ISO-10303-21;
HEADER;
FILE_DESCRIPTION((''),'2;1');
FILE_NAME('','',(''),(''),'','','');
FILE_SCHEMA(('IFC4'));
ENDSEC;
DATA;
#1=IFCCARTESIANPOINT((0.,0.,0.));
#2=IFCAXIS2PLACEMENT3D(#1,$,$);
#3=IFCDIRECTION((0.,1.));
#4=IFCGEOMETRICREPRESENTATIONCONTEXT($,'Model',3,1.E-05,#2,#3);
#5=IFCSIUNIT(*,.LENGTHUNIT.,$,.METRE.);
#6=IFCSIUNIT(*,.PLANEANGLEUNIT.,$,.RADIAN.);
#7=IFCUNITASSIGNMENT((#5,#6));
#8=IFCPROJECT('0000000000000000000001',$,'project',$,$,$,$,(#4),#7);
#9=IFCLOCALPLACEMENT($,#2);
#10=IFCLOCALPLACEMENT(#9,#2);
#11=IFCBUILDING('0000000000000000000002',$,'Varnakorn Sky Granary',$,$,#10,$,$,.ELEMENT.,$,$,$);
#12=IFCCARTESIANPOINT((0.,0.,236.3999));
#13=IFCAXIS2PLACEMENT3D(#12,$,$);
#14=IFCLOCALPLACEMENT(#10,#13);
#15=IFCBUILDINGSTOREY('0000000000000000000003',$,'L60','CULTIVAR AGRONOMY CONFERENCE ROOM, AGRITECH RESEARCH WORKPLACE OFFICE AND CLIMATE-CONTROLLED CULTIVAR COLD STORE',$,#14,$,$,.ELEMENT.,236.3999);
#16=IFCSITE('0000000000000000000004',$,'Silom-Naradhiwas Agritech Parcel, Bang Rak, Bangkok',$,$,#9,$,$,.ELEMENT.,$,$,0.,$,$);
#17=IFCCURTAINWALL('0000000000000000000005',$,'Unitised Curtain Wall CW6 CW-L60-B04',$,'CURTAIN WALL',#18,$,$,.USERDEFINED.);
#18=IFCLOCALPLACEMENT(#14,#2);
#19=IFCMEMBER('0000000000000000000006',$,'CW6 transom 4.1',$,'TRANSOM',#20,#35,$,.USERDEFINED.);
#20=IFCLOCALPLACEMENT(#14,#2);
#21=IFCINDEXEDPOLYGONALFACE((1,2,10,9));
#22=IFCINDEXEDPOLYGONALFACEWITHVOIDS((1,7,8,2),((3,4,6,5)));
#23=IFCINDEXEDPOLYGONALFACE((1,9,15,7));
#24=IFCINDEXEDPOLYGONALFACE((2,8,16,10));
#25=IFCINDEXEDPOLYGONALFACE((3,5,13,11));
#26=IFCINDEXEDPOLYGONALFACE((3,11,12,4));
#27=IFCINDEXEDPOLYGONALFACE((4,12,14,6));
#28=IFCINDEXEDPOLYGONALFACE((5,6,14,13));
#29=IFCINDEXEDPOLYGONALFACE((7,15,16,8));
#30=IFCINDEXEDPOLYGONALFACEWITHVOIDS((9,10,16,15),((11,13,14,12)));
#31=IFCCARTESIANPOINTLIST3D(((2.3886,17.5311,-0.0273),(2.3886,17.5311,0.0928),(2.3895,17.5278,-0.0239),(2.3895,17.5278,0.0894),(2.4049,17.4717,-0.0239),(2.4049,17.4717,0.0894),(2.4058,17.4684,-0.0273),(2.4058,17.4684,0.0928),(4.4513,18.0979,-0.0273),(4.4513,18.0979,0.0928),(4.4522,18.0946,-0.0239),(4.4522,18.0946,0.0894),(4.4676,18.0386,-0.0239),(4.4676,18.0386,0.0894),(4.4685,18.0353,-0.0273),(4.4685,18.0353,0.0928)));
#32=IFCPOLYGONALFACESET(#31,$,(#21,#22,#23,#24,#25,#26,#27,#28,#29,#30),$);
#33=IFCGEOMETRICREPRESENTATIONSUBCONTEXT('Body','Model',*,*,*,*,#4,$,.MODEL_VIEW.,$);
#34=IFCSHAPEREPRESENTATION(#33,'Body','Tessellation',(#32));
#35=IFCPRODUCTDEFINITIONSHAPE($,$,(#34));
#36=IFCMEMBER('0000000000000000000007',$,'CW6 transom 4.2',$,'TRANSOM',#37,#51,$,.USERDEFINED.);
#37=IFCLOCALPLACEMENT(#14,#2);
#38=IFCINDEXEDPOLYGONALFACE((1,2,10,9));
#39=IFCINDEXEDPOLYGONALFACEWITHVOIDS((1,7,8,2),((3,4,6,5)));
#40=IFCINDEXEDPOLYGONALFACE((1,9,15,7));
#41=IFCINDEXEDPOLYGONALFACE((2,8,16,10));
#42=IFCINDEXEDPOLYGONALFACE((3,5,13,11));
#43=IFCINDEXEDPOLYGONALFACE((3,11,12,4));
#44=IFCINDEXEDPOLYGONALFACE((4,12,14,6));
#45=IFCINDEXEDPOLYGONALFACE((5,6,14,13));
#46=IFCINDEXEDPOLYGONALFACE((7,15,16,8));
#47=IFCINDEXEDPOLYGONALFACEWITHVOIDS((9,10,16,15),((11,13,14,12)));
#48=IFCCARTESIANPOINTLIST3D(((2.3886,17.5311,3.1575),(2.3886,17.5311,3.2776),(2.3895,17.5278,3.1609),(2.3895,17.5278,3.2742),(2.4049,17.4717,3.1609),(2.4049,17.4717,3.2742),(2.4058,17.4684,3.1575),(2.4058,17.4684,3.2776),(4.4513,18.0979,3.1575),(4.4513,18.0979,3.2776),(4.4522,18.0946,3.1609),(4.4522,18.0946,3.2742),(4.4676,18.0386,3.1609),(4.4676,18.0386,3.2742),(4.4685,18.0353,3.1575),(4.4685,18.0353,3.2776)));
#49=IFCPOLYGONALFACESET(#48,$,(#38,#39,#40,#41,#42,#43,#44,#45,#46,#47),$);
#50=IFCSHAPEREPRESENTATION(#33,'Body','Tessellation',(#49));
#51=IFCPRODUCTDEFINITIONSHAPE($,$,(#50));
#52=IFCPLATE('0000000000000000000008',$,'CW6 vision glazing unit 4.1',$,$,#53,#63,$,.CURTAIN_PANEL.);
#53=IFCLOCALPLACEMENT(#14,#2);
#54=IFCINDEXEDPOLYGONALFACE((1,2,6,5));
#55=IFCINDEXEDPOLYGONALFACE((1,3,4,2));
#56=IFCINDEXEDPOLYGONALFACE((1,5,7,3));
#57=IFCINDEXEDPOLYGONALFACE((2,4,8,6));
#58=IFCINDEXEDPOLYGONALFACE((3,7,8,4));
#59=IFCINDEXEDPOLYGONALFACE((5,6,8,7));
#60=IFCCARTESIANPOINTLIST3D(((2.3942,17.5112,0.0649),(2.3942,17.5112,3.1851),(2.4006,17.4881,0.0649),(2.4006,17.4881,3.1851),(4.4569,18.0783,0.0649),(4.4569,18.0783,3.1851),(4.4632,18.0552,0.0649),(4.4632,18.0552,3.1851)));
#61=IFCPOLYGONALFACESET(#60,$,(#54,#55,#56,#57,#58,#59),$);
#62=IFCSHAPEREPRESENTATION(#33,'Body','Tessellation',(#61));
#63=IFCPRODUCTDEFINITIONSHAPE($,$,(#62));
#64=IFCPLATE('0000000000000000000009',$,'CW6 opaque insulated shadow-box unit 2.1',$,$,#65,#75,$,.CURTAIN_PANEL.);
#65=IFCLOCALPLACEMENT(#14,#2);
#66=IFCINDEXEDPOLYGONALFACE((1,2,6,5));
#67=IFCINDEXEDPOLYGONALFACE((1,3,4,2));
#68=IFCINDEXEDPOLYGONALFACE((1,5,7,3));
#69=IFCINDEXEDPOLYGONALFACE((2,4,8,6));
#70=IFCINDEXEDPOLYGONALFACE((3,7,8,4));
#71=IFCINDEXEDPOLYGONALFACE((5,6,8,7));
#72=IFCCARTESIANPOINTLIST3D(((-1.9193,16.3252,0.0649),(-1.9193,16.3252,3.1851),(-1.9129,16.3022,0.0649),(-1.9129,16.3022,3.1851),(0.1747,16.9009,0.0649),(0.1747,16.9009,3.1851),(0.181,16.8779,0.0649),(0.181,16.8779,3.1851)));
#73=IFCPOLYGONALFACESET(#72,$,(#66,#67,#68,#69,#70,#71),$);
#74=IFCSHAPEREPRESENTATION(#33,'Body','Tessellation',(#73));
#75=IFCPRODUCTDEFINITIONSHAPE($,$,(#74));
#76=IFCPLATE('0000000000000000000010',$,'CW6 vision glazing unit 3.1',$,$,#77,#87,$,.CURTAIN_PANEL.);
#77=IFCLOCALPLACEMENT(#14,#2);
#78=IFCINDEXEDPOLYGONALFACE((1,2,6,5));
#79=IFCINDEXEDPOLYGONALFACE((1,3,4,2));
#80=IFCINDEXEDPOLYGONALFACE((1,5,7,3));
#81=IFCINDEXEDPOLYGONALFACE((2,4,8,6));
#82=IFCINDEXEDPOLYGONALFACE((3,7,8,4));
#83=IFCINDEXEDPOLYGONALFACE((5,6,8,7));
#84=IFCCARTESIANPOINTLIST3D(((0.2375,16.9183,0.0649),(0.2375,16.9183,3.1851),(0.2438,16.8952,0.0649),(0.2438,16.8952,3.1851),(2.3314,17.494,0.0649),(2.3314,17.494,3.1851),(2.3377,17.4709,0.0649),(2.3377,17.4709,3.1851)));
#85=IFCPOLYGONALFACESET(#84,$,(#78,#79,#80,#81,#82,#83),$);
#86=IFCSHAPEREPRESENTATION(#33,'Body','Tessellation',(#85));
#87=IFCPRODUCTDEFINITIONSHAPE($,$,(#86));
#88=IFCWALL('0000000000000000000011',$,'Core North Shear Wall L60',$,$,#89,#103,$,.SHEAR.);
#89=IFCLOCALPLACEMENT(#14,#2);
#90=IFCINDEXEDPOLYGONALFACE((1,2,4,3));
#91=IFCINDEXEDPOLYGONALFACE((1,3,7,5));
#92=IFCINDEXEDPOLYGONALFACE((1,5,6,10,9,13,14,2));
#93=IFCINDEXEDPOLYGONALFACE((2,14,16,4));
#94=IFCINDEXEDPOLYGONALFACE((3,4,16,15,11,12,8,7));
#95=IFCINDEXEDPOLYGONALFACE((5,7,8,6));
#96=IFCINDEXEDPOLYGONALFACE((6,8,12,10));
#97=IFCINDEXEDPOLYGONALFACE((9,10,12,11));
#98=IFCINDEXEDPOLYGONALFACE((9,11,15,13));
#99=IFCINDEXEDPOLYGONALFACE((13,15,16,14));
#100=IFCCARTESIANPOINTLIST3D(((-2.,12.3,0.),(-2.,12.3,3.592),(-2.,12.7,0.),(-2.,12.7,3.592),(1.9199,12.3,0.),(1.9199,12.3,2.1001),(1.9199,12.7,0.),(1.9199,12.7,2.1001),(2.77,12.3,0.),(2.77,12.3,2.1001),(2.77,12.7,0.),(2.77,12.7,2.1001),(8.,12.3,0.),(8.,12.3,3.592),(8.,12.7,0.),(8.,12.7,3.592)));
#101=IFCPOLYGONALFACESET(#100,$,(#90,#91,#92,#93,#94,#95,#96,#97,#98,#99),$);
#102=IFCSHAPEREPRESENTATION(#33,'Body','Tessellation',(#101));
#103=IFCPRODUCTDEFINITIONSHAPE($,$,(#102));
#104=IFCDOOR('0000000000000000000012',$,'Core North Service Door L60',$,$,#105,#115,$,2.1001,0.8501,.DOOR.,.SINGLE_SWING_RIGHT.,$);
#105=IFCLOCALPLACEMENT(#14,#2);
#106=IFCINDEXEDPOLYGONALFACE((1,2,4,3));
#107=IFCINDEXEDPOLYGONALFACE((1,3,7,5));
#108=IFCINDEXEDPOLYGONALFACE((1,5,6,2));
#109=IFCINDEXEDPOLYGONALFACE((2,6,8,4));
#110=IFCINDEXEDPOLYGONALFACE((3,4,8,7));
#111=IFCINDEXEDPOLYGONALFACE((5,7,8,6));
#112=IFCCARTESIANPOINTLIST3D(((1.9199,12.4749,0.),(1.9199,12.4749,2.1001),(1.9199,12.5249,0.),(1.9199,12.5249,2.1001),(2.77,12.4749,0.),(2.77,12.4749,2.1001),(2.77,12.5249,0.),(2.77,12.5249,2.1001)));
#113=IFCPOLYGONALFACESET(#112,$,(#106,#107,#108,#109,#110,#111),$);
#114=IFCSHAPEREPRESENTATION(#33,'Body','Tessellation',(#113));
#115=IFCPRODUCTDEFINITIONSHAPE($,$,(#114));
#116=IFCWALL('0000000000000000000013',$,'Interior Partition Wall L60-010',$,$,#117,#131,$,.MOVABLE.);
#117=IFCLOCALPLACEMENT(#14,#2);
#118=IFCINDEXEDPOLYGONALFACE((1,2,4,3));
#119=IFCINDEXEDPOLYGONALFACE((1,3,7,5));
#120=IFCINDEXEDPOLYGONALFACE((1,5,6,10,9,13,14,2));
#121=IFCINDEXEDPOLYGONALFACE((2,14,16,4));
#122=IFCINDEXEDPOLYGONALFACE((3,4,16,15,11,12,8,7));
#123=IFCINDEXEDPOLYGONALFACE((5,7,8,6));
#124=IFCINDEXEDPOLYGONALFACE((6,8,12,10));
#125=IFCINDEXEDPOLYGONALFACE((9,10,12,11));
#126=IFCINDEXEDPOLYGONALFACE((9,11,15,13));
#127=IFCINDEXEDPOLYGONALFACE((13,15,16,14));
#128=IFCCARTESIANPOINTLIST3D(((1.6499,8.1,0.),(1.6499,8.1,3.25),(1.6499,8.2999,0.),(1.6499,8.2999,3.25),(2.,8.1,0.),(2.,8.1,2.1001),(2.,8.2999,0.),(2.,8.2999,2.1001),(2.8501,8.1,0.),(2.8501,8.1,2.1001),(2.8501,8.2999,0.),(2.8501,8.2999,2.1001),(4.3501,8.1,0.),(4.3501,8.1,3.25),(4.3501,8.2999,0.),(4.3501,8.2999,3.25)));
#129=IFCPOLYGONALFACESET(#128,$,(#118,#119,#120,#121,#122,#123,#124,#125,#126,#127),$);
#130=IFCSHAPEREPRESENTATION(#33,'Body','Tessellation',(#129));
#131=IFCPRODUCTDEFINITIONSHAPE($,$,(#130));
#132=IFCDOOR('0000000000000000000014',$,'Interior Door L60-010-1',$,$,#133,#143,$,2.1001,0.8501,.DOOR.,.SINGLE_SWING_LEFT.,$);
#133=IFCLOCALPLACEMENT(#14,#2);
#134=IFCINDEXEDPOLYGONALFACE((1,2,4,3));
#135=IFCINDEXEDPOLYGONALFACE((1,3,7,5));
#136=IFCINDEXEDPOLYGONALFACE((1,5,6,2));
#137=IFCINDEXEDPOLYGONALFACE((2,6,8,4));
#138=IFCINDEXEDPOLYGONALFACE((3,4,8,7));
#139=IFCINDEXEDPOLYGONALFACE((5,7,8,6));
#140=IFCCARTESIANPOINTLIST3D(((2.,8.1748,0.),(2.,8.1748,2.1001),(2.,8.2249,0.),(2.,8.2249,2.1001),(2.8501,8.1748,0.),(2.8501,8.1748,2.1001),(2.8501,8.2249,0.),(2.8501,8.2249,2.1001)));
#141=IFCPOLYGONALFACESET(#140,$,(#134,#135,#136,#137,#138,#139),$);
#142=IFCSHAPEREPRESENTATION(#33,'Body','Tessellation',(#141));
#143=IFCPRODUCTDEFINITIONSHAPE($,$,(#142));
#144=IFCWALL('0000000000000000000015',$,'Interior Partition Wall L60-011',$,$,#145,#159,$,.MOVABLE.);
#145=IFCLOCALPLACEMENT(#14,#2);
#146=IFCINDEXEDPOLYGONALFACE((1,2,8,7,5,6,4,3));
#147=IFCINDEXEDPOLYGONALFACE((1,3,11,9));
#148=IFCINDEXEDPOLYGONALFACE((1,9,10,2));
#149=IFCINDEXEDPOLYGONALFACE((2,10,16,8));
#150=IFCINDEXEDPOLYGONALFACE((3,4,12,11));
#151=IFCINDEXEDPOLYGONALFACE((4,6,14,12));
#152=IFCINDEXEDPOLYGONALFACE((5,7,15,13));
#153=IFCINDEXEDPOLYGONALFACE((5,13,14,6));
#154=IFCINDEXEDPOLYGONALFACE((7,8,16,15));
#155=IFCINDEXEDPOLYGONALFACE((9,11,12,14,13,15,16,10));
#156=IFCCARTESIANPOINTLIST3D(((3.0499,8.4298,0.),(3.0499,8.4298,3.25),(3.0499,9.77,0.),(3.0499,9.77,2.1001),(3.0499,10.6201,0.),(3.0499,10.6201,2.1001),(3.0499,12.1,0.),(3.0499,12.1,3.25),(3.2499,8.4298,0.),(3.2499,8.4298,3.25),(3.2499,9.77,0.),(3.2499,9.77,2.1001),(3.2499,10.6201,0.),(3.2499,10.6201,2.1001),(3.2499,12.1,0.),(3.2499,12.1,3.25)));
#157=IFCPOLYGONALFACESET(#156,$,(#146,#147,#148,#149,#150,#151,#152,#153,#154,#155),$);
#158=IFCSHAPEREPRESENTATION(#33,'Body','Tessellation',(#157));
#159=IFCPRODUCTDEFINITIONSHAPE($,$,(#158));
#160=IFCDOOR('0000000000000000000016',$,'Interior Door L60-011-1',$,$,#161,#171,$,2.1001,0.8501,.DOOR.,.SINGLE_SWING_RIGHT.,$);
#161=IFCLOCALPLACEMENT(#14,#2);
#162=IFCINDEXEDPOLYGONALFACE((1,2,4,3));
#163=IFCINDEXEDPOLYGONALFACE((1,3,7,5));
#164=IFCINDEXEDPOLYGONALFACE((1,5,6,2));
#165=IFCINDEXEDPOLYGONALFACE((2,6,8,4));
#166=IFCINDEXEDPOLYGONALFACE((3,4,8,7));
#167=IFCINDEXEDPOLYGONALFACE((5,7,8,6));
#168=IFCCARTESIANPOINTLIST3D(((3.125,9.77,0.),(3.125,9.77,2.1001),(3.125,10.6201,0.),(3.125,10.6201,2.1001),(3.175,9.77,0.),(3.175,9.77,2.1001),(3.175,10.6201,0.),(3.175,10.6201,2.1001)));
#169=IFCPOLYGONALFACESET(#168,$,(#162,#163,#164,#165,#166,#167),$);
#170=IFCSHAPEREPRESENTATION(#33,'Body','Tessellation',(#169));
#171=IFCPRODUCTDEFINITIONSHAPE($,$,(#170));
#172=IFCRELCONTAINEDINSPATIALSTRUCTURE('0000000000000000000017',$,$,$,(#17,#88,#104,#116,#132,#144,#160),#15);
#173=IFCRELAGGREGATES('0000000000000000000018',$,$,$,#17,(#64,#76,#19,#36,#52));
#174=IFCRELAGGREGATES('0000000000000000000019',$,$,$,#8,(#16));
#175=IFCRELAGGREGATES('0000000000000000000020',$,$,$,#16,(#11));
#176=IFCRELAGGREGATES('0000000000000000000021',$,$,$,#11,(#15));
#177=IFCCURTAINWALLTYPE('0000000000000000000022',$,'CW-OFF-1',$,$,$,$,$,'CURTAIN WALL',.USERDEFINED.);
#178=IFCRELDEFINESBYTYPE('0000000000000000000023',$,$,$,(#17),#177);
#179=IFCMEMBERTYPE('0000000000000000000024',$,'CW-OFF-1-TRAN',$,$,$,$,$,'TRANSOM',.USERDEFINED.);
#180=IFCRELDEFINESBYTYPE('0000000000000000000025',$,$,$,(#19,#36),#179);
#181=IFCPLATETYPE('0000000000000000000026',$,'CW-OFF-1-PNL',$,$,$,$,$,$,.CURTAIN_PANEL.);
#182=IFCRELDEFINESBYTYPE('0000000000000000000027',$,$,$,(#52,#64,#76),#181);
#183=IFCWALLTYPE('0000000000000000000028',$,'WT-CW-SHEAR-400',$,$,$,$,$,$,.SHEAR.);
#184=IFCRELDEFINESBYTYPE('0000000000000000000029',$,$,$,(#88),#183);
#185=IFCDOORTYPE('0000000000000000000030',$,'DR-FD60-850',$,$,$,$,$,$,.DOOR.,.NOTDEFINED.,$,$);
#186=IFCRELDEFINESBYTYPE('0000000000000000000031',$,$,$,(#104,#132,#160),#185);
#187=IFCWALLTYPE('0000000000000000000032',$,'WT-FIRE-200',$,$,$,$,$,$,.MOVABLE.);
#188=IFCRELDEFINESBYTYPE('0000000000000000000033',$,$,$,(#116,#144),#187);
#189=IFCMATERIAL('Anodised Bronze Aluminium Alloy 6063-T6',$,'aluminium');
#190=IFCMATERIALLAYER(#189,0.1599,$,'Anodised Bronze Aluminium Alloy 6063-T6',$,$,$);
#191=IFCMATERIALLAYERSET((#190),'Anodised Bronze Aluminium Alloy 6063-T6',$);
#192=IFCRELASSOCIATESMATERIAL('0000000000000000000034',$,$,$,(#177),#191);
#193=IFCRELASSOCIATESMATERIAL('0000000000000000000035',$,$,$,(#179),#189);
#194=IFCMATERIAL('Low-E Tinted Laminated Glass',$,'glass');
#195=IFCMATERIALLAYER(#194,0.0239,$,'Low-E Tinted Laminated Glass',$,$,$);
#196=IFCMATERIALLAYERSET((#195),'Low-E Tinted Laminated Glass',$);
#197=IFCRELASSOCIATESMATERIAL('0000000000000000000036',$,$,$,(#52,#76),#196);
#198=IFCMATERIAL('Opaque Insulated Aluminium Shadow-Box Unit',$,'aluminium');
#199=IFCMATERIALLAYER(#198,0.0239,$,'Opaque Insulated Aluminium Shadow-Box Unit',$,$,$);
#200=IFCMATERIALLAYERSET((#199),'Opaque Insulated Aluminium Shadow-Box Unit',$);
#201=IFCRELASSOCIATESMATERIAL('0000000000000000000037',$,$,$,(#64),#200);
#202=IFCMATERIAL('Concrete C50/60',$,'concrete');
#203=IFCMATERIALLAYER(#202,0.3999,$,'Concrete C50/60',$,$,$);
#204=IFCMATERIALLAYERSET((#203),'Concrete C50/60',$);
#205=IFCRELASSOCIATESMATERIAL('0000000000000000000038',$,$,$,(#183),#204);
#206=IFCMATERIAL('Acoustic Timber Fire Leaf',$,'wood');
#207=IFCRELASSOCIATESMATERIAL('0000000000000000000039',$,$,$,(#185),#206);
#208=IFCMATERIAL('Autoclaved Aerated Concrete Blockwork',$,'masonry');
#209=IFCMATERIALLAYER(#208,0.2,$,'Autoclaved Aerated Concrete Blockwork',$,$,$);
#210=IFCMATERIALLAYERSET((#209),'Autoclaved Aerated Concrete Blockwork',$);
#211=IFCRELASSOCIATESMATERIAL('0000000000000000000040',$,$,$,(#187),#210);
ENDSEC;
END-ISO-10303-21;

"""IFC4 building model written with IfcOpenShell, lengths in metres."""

from ifc_helpers import new_model, si_unit, direction, frame, frame_2d, origin, origin_2d, place, context, subcontext, project, spatial, rectangle, hollow_rectangle, extrude, source, transform, mapped, material, layer, layer_set, material_profile, profile_set, type_object, type_shapes, element, fill, aggregate, save


model = new_model("IFC4")

# Units and contexts
model_context = context("Model", 3, precision=1e-05, world=origin(), true_north=direction((0.0, 1.0)))
body_context = subcontext(model_context, "Body", "Model", "MODEL_VIEW")
ifc_project = project(units=[si_unit("LENGTHUNIT", "METRE"), si_unit("PLANEANGLEUNIT", "RADIAN")], contexts=[model_context])

# Site, building, storey
site_placement = place(None, origin())
site = spatial("IfcSite", under=ifc_project, at=site_placement, Name="Silom-Naradhiwas Agritech Parcel, Bang Rak, Bangkok", CompositionType="ELEMENT", RefElevation=0.0)
building_placement = place(site_placement, origin())
building = spatial("IfcBuilding", under=site, at=building_placement, Name="Varnakorn Sky Granary", CompositionType="ELEMENT")
storey_placement = place(building_placement, frame((0.0, 0.0, 236.3999)))
storey = spatial("IfcBuildingStorey", under=building, at=storey_placement, Name="L60", Description="CULTIVAR AGRONOMY CONFERENCE ROOM, AGRITECH RESEARCH WORKPLACE OFFICE AND CLIMATE-CONTROLLED CULTIVAR COLD STORE", CompositionType="ELEMENT", Elevation=236.3999)

# Shared definitions
ifc_material_1 = material(Name="Concrete C50/60", Category="concrete")

# Curtain wall, members, plates
ifc_material_2 = material(Name="Anodised Bronze Aluminium Alloy 6063-T6", Category="aluminium")
ifc_layer_1 = layer(ifc_material_2, 0.1599, Name="Anodised Bronze Aluminium Alloy 6063-T6")
ifc_layer_set_1 = layer_set([ifc_layer_1], Name="Anodised Bronze Aluminium Alloy 6063-T6")
curtain_wall_type = type_object("IfcCurtainWallType", Name="CW-OFF-1", ElementType="CURTAIN WALL", PredefinedType="USERDEFINED", material=ifc_layer_set_1)
curtain_wall_placement = place(storey_placement, origin())
curtain_wall = element("IfcCurtainWall", 1, at=curtain_wall_placement, inside=storey, type_object=curtain_wall_type, Name="Unitised Curtain Wall CW6 CW-L60-B04", ObjectType="CURTAIN WALL", PredefinedType="USERDEFINED")
ifc_material_profile_1 = material_profile(ifc_material_2, hollow_rectangle(XDim=0.0649, YDim=0.1201, WallThickness=0.0034, at=origin_2d()), Name="ALU TRAN 65x120")
ifc_profile_set_1 = profile_set([ifc_material_profile_1], Name="Anodised Bronze Aluminium Alloy 6063-T6")
member_type_1 = type_object("IfcMemberType", Name="CW-OFF-1-TRAN", ElementType="TRANSOM", PredefinedType="USERDEFINED", material=ifc_profile_set_1)
member_1_placement = place(storey_placement, frame((2.3972, 17.4998, 0.0327), z_axis=(0.964248, 0.265, 0.0), x_axis=(-0.265, 0.964248, 0.0)))
member_1 = element("IfcMember", 2, at=member_1_placement, type_object=member_type_1, Name="CW6 transom 4.1", ObjectType="TRANSOM", PredefinedType="USERDEFINED", context=body_context, shape_type="SweptSolid", body=[
    extrude(hollow_rectangle(XDim=0.0649, YDim=0.1201, WallThickness=0.0034, at=origin_2d()), origin(), (0.0, 0.0, 1.0), 2.1392),
])
member_2_placement = place(storey_placement, frame((2.3972, 17.4998, 3.2175), z_axis=(0.964248, 0.265, 0.0), x_axis=(-0.265, 0.964248, 0.0)))
member_2 = element("IfcMember", 3, at=member_2_placement, type_object=member_type_1, Name="CW6 transom 4.2", ObjectType="TRANSOM", PredefinedType="USERDEFINED", context=body_context, shape_type="SweptSolid", body=[
    extrude(hollow_rectangle(XDim=0.0649, YDim=0.1201, WallThickness=0.0034, at=origin_2d()), origin(), (0.0, 0.0, 1.0), 2.1392),
])
ifc_material_3 = material(Name="Low-E Tinted Laminated Glass", Category="glass")
ifc_layer_2 = layer(ifc_material_3, 0.0239, Name="Low-E Tinted Laminated Glass")
ifc_layer_set_2 = layer_set([ifc_layer_2], Name="Low-E Tinted Laminated Glass")
plate_type = type_object("IfcPlateType", Name="CW-OFF-1-PNL", PredefinedType="CURTAIN_PANEL")
shared_shape_1 = source(origin(), body_context, "Body", "SweptSolid", [
    extrude(rectangle(XDim=2.1392, YDim=0.0239, at=origin_2d()), origin(), (0.0, 0.0, 1.0), 3.1201),
])
plate_1_placement = place(storey_placement, frame((3.4287, 17.7832, 0.0649), z_axis=(0.0, 0.0, 1.0), x_axis=(0.964221, 0.2651, 0.0)))
plate_1 = element("IfcPlate", 4, at=plate_1_placement, type_object=plate_type, material=ifc_layer_set_2, Name="CW6 vision glazing unit 4.1", PredefinedType="CURTAIN_PANEL", context=body_context, shape_type="MappedRepresentation", body=[
    mapped(shared_shape_1, transform((0.0, 0.0, 0.0), x_axis=(1.0, 0.0, 0.0), y_axis=(0.0, 1.0, 0.0), z_axis=(0.0, 0.0, 1.0), scale=1.0)),
])
ifc_material_4 = material(Name="Opaque Insulated Aluminium Shadow-Box Unit", Category="aluminium")
ifc_layer_3 = layer(ifc_material_4, 0.0239, Name="Opaque Insulated Aluminium Shadow-Box Unit")
ifc_layer_set_3 = layer_set([ifc_layer_3], Name="Opaque Insulated Aluminium Shadow-Box Unit")
shared_shape_2 = source(origin(), body_context, "Body", "SweptSolid", [
    extrude(rectangle(XDim=2.1716, YDim=0.0239, at=origin_2d()), origin(), (0.0, 0.0, 1.0), 3.1201),
])
type_shapes(plate_type, [shared_shape_1, shared_shape_2])
plate_2_placement = place(storey_placement, frame((-0.8691, 16.6016, 0.0649), z_axis=(0.0, 0.0, 1.0), x_axis=(0.964221, 0.2651, 0.0)))
plate_2 = element("IfcPlate", 5, at=plate_2_placement, type_object=plate_type, material=ifc_layer_set_3, Name="CW6 opaque insulated shadow-box unit 2.1", PredefinedType="CURTAIN_PANEL", context=body_context, shape_type="MappedRepresentation", body=[
    mapped(shared_shape_2, transform((0.0, 0.0, 0.0), x_axis=(1.0, 0.0, 0.0), y_axis=(0.0, 1.0, 0.0), z_axis=(0.0, 0.0, 1.0), scale=1.0)),
])
plate_3_placement = place(storey_placement, frame((1.2876, 17.1946, 0.0649), z_axis=(0.0, 0.0, 1.0), x_axis=(0.964221, 0.2651, 0.0)))
plate_3 = element("IfcPlate", 6, at=plate_3_placement, type_object=plate_type, material=ifc_layer_set_2, Name="CW6 vision glazing unit 3.1", PredefinedType="CURTAIN_PANEL", context=body_context, shape_type="MappedRepresentation", body=[
    mapped(shared_shape_2, transform((0.0, 0.0, 0.0), x_axis=(1.0, 0.0, 0.0), y_axis=(0.0, 1.0, 0.0), z_axis=(0.0, 0.0, 1.0), scale=1.0)),
])
aggregate(curtain_wall, [plate_2, plate_3, member_1, member_2, plate_1])

# Walls, openings, doors
ifc_layer_4 = layer(ifc_material_1, 0.3999, Name="Concrete C50/60")
ifc_layer_set_4 = layer_set([ifc_layer_4], Name="Concrete C50/60")
wall_type_1 = type_object("IfcWallType", Name="WT-CW-SHEAR-400", PredefinedType="SHEAR", material=ifc_layer_set_4)
wall_1_placement = place(storey_placement, frame((-2.0, 12.5, 0.0), z_axis=(0.0, 0.0, 1.0), x_axis=(1.0, 0.0, 0.0)))
wall_1 = element("IfcWall", 7, at=wall_1_placement, inside=storey, type_object=wall_type_1, Name="Core North Shear Wall L60", PredefinedType="SHEAR", context=body_context, shape_type="SweptSolid", body=[
    extrude(rectangle(XDim=10.0, YDim=0.3999, at=frame_2d((5.0, 0.0))), origin(), (0.0, 0.0, 1.0), 3.592),
])
opening_1_placement = place(wall_1_placement, frame((3.9199, 0.0, 0.0)))
opening_1 = element("IfcOpeningElement", 8, at=opening_1_placement, cuts=wall_1, PredefinedType="OPENING", context=body_context, shape_type="SweptSolid", body=[
    extrude(rectangle(XDim=0.8501, YDim=2.1001, at=frame_2d((0.425, 1.05))), frame((0.0, 0.21, 0.0), z_axis=(0.0, -1.0, 0.0), x_axis=(1.0, 0.0, 0.0)), (0.0, 0.0, 1.0), 0.4199),
])
ifc_material_5 = material(Name="Acoustic Timber Fire Leaf", Category="wood")
door_type = type_object("IfcDoorType", Name="DR-FD60-850", OperationType="NOTDEFINED", PredefinedType="DOOR", material=ifc_material_5)
door_1_placement = place(opening_1_placement, origin())
door_1 = element("IfcDoor", 9, at=door_1_placement, inside=storey, type_object=door_type, Name="Core North Service Door L60", OperationType="SINGLE_SWING_RIGHT", OverallHeight=2.1001, OverallWidth=0.8501, PredefinedType="DOOR", context=body_context, shape_type="SweptSolid", body=[
    extrude(rectangle(XDim=0.8501, YDim=2.1001, at=frame_2d((0.425, 1.05))), frame((0.0, 0.0249, 0.0), z_axis=(0.0, -1.0, 0.0), x_axis=(1.0, 0.0, 0.0)), (0.0, 0.0, 1.0), 0.05),
])
fill(opening_1, door_1)
ifc_material_6 = material(Name="Autoclaved Aerated Concrete Blockwork", Category="masonry")
ifc_layer_5 = layer(ifc_material_6, 0.2, Name="Autoclaved Aerated Concrete Blockwork")
ifc_layer_set_5 = layer_set([ifc_layer_5], Name="Autoclaved Aerated Concrete Blockwork")
wall_type_2 = type_object("IfcWallType", Name="WT-FIRE-200", PredefinedType="MOVABLE", material=ifc_layer_set_5)
wall_2_placement = place(storey_placement, frame((1.6499, 8.2, 0.0), z_axis=(0.0, 0.0, 1.0), x_axis=(1.0, 0.0, 0.0)))
wall_2 = element("IfcWall", 10, at=wall_2_placement, inside=storey, type_object=wall_type_2, Name="Interior Partition Wall L60-010", PredefinedType="MOVABLE", context=body_context, shape_type="SweptSolid", body=[
    extrude(rectangle(XDim=2.7002, YDim=0.2, at=frame_2d((1.3501, 0.0))), origin(), (0.0, 0.0, 1.0), 3.25),
])
opening_2_placement = place(wall_2_placement, frame((0.3501, 0.0, 0.0)))
opening_2 = element("IfcOpeningElement", 11, at=opening_2_placement, cuts=wall_2, PredefinedType="OPENING", context=body_context, shape_type="SweptSolid", body=[
    extrude(rectangle(XDim=0.8501, YDim=2.1001, at=frame_2d((0.425, 1.05))), frame((0.0, 0.1099, 0.0), z_axis=(0.0, -1.0, 0.0), x_axis=(1.0, 0.0, 0.0)), (0.0, 0.0, 1.0), 0.22),
])
door_2_placement = place(opening_2_placement, origin())
door_2 = element("IfcDoor", 12, at=door_2_placement, inside=storey, type_object=door_type, Name="Interior Door L60-010-1", OperationType="SINGLE_SWING_LEFT", OverallHeight=2.1001, OverallWidth=0.8501, PredefinedType="DOOR", context=body_context, shape_type="SweptSolid", body=[
    extrude(rectangle(XDim=0.8501, YDim=2.1001, at=frame_2d((0.425, 1.05))), frame((0.0, 0.0249, 0.0), z_axis=(0.0, -1.0, 0.0), x_axis=(1.0, 0.0, 0.0)), (0.0, 0.0, 1.0), 0.05),
])
fill(opening_2, door_2)
wall_3_placement = place(storey_placement, frame((3.1499, 8.4299, 0.0), z_axis=(0.0, 0.0, 1.0), x_axis=(0.0, 1.0, 0.0)))
wall_3 = element("IfcWall", 13, at=wall_3_placement, inside=storey, type_object=wall_type_2, Name="Interior Partition Wall L60-011", PredefinedType="MOVABLE", context=body_context, shape_type="SweptSolid", body=[
    extrude(rectangle(XDim=3.6702, YDim=0.2, at=frame_2d((1.835, 0.0))), origin(), (0.0, 0.0, 1.0), 3.25),
])
opening_3_placement = place(wall_3_placement, frame((1.3401, 0.0, 0.0)))
opening_3 = element("IfcOpeningElement", 14, at=opening_3_placement, cuts=wall_3, PredefinedType="OPENING", context=body_context, shape_type="SweptSolid", body=[
    extrude(rectangle(XDim=0.8501, YDim=2.1001, at=frame_2d((0.425, 1.05))), frame((0.0, 0.1099, 0.0), z_axis=(0.0, -1.0, 0.0), x_axis=(1.0, 0.0, 0.0)), (0.0, 0.0, 1.0), 0.22),
])
door_3_placement = place(opening_3_placement, origin())
door_3 = element("IfcDoor", 15, at=door_3_placement, inside=storey, type_object=door_type, Name="Interior Door L60-011-1", OperationType="SINGLE_SWING_RIGHT", OverallHeight=2.1001, OverallWidth=0.8501, PredefinedType="DOOR", context=body_context, shape_type="SweptSolid", body=[
    extrude(rectangle(XDim=0.8501, YDim=2.1001, at=frame_2d((0.425, 1.05))), frame((0.0, 0.0249, 0.0), z_axis=(0.0, -1.0, 0.0), x_axis=(1.0, 0.0, 0.0)), (0.0, 0.0, 1.0), 0.05),
])
fill(opening_3, door_3)

save(model, "model.ifc")
